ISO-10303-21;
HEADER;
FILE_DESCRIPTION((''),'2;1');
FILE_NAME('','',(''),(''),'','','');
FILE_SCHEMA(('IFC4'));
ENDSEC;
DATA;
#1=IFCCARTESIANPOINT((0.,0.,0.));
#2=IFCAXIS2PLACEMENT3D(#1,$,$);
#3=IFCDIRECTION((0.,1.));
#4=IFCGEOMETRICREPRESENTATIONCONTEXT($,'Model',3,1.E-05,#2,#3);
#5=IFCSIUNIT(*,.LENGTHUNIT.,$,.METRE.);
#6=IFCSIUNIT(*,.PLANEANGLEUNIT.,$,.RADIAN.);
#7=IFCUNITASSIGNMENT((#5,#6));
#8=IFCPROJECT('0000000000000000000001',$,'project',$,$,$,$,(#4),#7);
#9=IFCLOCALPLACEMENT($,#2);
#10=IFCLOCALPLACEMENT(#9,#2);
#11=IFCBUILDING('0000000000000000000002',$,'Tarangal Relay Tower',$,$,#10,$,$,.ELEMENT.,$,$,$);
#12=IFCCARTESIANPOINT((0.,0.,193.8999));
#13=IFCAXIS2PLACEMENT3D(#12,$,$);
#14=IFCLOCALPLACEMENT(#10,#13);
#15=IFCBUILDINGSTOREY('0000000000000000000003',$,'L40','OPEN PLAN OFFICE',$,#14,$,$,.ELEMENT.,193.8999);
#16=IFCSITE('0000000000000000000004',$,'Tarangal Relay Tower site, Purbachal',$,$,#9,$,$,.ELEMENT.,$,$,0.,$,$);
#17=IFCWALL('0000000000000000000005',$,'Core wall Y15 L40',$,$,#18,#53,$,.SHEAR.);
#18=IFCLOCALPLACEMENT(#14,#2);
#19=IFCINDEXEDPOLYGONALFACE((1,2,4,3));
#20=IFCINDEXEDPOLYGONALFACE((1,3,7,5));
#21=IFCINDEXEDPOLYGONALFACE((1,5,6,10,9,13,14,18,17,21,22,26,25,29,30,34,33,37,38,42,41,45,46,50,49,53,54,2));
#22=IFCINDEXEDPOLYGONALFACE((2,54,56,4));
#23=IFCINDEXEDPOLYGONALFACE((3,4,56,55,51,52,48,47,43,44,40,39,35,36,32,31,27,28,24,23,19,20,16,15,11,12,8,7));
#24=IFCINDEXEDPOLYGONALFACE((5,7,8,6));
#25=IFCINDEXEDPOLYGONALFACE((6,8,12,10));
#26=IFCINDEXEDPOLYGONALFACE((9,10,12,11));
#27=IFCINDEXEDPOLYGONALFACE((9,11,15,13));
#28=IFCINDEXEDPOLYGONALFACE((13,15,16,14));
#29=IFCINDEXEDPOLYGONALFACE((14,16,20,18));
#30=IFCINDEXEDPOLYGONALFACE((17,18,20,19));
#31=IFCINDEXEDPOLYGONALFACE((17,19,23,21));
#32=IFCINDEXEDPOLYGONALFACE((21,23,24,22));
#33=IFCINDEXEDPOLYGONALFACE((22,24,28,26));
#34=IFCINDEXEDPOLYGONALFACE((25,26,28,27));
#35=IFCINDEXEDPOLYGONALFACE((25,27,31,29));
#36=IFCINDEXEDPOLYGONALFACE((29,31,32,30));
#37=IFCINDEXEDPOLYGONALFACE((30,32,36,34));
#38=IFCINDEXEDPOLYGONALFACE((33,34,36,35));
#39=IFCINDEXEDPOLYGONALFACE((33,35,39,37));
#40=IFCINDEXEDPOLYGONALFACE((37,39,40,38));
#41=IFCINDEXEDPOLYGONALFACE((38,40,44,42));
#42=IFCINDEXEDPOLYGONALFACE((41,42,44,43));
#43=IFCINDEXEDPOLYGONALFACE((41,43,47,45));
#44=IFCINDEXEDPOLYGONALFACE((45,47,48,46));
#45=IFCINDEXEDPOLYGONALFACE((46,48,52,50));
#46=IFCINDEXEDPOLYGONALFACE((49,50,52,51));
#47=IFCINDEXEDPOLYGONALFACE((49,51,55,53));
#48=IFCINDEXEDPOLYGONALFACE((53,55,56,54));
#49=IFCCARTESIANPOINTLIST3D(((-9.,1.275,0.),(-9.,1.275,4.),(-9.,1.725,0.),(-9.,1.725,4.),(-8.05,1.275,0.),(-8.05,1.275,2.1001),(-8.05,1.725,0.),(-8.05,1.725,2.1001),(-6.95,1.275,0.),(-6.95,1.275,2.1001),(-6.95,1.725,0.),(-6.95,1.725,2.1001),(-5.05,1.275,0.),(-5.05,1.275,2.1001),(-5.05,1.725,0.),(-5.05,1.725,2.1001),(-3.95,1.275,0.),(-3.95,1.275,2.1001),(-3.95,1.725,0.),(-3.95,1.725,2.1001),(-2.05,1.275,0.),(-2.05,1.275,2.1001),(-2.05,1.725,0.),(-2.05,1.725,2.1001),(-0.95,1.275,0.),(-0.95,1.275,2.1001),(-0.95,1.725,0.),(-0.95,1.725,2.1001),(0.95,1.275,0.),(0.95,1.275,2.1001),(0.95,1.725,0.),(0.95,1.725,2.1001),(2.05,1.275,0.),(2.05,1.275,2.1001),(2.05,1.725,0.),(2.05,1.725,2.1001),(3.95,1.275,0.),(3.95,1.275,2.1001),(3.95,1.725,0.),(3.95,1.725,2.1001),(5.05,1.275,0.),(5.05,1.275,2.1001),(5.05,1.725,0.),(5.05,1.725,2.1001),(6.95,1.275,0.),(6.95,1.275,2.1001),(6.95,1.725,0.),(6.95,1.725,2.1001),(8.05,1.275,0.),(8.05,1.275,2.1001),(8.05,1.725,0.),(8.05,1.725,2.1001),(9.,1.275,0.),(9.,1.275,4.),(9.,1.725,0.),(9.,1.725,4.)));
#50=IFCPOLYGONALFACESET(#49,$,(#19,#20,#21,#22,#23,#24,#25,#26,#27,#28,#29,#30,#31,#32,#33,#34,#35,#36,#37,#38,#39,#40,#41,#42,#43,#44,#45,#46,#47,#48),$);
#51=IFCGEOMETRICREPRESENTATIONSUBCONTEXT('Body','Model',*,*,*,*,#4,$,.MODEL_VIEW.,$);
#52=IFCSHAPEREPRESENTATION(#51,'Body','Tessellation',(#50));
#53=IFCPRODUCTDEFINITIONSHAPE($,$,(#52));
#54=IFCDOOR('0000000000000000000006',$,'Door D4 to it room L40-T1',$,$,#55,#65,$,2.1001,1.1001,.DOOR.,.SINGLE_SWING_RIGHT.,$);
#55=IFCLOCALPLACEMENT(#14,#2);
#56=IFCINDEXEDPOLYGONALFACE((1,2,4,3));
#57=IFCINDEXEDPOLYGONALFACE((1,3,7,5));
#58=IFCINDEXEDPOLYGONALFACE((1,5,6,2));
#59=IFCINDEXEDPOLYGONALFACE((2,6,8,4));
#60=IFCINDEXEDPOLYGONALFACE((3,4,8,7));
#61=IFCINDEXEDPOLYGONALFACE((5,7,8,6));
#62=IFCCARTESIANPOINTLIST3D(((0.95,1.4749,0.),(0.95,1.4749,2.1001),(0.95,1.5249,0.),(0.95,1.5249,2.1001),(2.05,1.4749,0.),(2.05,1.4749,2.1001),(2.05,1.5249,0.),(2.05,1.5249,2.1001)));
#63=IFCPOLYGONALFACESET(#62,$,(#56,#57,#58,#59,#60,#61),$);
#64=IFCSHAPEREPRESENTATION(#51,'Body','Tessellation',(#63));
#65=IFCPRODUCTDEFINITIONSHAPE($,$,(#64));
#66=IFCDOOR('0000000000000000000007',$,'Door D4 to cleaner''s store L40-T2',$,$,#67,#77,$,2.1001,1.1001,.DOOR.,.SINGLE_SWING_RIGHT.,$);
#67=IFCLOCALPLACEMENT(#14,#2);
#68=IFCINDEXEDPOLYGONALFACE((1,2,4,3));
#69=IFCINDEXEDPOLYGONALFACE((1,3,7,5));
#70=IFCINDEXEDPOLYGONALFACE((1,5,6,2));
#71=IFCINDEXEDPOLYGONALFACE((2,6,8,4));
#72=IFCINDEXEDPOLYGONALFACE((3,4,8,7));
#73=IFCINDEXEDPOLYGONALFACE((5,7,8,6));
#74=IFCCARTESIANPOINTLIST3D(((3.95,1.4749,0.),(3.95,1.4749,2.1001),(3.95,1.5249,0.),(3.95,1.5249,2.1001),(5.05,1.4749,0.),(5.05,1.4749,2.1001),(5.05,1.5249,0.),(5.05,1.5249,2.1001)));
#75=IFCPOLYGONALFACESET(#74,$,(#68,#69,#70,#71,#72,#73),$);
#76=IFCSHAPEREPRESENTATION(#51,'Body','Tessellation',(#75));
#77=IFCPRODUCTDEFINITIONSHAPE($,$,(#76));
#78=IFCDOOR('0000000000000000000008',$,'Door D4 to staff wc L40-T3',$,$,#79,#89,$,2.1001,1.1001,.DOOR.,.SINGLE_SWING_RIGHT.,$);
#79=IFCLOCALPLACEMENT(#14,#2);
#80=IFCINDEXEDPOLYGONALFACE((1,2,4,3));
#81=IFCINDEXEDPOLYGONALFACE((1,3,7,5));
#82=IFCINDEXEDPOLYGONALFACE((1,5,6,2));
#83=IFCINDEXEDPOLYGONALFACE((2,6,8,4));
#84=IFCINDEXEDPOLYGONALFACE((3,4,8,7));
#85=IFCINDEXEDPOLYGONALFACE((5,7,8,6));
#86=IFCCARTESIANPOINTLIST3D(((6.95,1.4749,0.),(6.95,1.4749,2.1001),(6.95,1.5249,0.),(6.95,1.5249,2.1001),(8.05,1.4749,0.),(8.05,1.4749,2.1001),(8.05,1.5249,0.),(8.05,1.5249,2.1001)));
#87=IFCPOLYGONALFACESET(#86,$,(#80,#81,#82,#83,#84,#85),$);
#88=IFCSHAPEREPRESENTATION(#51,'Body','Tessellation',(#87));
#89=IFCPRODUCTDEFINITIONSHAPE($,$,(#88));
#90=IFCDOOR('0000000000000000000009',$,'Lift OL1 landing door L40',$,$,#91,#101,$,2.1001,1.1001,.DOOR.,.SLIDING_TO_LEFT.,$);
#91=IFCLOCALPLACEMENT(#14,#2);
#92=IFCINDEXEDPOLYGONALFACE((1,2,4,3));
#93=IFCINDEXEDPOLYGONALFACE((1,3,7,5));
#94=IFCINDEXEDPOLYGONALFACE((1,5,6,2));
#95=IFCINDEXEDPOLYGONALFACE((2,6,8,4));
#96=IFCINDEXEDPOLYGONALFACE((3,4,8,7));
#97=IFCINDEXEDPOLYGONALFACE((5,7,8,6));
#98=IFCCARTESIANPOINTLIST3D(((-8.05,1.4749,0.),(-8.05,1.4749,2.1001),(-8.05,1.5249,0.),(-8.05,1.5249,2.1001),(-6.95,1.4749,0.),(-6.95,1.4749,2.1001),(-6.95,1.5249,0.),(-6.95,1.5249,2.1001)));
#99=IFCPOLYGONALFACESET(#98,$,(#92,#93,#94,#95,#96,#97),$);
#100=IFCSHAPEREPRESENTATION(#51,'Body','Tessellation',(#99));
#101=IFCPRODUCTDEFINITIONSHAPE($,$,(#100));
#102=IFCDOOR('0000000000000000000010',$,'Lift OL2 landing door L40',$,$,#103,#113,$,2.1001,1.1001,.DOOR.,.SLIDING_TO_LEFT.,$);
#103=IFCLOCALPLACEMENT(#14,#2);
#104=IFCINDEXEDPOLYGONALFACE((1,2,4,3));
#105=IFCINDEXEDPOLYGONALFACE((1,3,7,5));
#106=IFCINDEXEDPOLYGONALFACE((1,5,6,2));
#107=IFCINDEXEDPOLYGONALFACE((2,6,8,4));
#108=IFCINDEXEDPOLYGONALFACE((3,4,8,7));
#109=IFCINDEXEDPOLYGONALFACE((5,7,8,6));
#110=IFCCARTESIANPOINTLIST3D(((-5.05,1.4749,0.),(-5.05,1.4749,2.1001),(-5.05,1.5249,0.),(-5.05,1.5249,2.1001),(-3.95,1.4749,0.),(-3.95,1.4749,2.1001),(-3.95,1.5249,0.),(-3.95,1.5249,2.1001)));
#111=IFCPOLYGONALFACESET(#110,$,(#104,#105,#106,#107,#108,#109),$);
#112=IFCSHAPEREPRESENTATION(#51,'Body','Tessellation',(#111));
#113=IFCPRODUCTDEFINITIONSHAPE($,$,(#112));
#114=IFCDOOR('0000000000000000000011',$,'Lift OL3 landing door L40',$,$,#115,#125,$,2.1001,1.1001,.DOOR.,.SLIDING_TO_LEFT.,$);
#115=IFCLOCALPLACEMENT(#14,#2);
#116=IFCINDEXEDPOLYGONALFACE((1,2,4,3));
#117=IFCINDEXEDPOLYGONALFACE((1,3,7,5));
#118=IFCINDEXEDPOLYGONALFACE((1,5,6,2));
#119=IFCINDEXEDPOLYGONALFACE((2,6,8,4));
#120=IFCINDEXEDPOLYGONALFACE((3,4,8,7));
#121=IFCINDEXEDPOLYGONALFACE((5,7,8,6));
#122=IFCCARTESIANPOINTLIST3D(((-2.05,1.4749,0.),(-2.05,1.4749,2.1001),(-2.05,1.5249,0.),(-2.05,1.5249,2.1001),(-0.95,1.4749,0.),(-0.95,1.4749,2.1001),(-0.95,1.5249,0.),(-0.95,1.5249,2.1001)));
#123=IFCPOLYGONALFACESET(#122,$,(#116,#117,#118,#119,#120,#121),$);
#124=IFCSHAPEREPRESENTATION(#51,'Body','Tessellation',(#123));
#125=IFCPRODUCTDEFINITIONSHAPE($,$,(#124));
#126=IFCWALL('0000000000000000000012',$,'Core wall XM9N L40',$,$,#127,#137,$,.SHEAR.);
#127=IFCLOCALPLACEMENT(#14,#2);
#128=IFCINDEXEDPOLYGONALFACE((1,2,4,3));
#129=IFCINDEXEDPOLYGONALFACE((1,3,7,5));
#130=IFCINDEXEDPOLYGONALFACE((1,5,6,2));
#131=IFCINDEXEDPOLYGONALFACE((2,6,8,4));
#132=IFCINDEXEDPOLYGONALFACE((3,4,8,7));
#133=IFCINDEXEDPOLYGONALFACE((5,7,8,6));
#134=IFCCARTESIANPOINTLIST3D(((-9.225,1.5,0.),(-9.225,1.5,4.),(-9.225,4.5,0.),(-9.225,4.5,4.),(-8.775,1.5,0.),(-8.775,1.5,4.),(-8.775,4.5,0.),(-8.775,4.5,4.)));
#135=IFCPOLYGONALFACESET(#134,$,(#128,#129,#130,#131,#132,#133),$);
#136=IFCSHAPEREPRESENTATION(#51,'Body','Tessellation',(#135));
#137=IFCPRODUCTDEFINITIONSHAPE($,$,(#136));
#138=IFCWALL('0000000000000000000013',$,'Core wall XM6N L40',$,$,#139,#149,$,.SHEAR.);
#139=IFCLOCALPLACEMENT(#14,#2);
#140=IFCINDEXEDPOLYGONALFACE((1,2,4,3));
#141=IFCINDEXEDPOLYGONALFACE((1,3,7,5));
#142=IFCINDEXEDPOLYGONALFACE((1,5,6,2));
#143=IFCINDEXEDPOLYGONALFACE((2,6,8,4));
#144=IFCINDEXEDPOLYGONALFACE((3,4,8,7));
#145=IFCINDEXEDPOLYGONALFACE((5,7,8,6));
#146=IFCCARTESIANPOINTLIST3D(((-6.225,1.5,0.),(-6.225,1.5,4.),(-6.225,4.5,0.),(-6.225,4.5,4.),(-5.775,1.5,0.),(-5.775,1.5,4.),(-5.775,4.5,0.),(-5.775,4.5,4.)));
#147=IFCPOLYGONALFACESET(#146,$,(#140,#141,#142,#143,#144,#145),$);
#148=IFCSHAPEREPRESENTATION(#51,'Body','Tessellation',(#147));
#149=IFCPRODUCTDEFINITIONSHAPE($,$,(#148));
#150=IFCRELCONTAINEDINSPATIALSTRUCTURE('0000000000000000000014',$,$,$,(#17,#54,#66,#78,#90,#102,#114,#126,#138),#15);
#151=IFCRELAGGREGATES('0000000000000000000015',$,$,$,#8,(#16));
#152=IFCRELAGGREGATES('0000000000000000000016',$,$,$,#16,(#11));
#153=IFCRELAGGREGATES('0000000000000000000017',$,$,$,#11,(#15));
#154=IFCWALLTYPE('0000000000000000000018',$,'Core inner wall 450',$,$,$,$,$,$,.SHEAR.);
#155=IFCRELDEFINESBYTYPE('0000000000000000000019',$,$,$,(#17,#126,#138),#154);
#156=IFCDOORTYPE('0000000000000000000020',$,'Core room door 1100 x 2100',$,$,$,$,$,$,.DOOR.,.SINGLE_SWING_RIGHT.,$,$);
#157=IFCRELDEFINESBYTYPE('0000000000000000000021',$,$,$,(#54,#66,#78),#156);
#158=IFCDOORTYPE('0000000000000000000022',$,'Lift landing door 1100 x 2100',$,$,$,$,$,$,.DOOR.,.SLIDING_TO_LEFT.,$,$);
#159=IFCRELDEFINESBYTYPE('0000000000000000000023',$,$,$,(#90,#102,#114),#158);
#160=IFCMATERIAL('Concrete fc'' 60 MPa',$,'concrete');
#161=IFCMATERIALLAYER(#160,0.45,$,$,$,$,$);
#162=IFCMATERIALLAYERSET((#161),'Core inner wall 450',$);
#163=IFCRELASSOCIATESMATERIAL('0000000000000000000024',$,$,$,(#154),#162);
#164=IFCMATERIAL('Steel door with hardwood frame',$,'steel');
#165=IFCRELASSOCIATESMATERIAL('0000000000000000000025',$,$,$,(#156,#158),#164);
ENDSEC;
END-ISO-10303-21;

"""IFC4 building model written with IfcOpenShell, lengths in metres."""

from ifc_helpers import new_model, si_unit, direction, frame, frame_2d, origin, place, context, subcontext, project, spatial, rectangle, extrude, material, layer, layer_set, type_object, element, fill, save


model = new_model("IFC4")

# Units and contexts
model_context = context("Model", 3, precision=1e-05, world=origin(), true_north=direction((0.0, 1.0)))
body_context = subcontext(model_context, "Body", "Model", "MODEL_VIEW")
ifc_project = project(units=[si_unit("LENGTHUNIT", "METRE"), si_unit("PLANEANGLEUNIT", "RADIAN")], contexts=[model_context])

# Site, building, storey
site_placement = place(None, origin())
site = spatial("IfcSite", under=ifc_project, at=site_placement, Name="Tarangal Relay Tower site, Purbachal", CompositionType="ELEMENT", RefElevation=0.0)
building_placement = place(site_placement, origin())
building = spatial("IfcBuilding", under=site, at=building_placement, Name="Tarangal Relay Tower", CompositionType="ELEMENT")
storey_placement = place(building_placement, frame((0.0, 0.0, 193.8999)))
storey = spatial("IfcBuildingStorey", under=building, at=storey_placement, Name="L40", Description="OPEN PLAN OFFICE", CompositionType="ELEMENT", Elevation=193.8999)

# Wall, openings, doors
ifc_material_1 = material(Name="Concrete fc' 60 MPa", Category="concrete")
ifc_layer = layer(ifc_material_1, 0.45)
ifc_layer_set = layer_set([ifc_layer], Name="Core inner wall 450")
wall_type = type_object("IfcWallType", Name="Core inner wall 450", PredefinedType="SHEAR", material=ifc_layer_set)
ifc_material_2 = material(Name="Steel door with hardwood frame", Category="steel")
wall_1_placement = place(storey_placement, frame((-9.0, 1.5, 0.0), z_axis=(0.0, 0.0, 1.0), x_axis=(1.0, 0.0, 0.0)))
wall_1 = element("IfcWall", 1, at=wall_1_placement, inside=storey, type_object=wall_type, Name="Core wall Y15 L40", PredefinedType="SHEAR", context=body_context, shape_type="SweptSolid", body=[
    extrude(rectangle(XDim=18.0, YDim=0.45, at=frame_2d((9.0, 0.0))), origin(), (0.0, 0.0, 1.0), 4.0),
])
opening_1_placement = place(wall_1_placement, frame((0.95, 0.0, 0.0)))
opening_1 = element("IfcOpeningElement", 2, at=opening_1_placement, cuts=wall_1, PredefinedType="OPENING", context=body_context, shape_type="SweptSolid", body=[
    extrude(rectangle(XDim=1.1001, YDim=2.1001, at=frame_2d((0.55, 1.05))), frame((0.0, 0.2349, 0.0), z_axis=(0.0, -1.0, 0.0), x_axis=(1.0, 0.0, 0.0)), (0.0, 0.0, 1.0), 0.47),
])
opening_2_placement = place(wall_1_placement, frame((3.95, 0.0, 0.0)))
opening_2 = element("IfcOpeningElement", 3, at=opening_2_placement, cuts=wall_1, PredefinedType="OPENING", context=body_context, shape_type="SweptSolid", body=[
    extrude(rectangle(XDim=1.1001, YDim=2.1001, at=frame_2d((0.55, 1.05))), frame((0.0, 0.2349, 0.0), z_axis=(0.0, -1.0, 0.0), x_axis=(1.0, 0.0, 0.0)), (0.0, 0.0, 1.0), 0.47),
])
opening_3_placement = place(wall_1_placement, frame((6.95, 0.0, 0.0)))
opening_3 = element("IfcOpeningElement", 4, at=opening_3_placement, cuts=wall_1, PredefinedType="OPENING", context=body_context, shape_type="SweptSolid", body=[
    extrude(rectangle(XDim=1.1001, YDim=2.1001, at=frame_2d((0.55, 1.05))), frame((0.0, 0.2349, 0.0), z_axis=(0.0, -1.0, 0.0), x_axis=(1.0, 0.0, 0.0)), (0.0, 0.0, 1.0), 0.47),
])
opening_4_placement = place(wall_1_placement, frame((9.95, 0.0, 0.0)))
opening_4 = element("IfcOpeningElement", 5, at=opening_4_placement, cuts=wall_1, PredefinedType="OPENING", context=body_context, shape_type="SweptSolid", body=[
    extrude(rectangle(XDim=1.1001, YDim=2.1001, at=frame_2d((0.55, 1.05))), frame((0.0, 0.2349, 0.0), z_axis=(0.0, -1.0, 0.0), x_axis=(1.0, 0.0, 0.0)), (0.0, 0.0, 1.0), 0.47),
])
opening_5_placement = place(wall_1_placement, frame((12.95, 0.0, 0.0)))
opening_5 = element("IfcOpeningElement", 6, at=opening_5_placement, cuts=wall_1, PredefinedType="OPENING", context=body_context, shape_type="SweptSolid", body=[
    extrude(rectangle(XDim=1.1001, YDim=2.1001, at=frame_2d((0.55, 1.05))), frame((0.0, 0.2349, 0.0), z_axis=(0.0, -1.0, 0.0), x_axis=(1.0, 0.0, 0.0)), (0.0, 0.0, 1.0), 0.47),
])
opening_6_placement = place(wall_1_placement, frame((15.95, 0.0, 0.0)))
opening_6 = element("IfcOpeningElement", 7, at=opening_6_placement, cuts=wall_1, PredefinedType="OPENING", context=body_context, shape_type="SweptSolid", body=[
    extrude(rectangle(XDim=1.1001, YDim=2.1001, at=frame_2d((0.55, 1.05))), frame((0.0, 0.2349, 0.0), z_axis=(0.0, -1.0, 0.0), x_axis=(1.0, 0.0, 0.0)), (0.0, 0.0, 1.0), 0.47),
])
door_type_1 = type_object("IfcDoorType", Name="Core room door 1100 x 2100", OperationType="SINGLE_SWING_RIGHT", PredefinedType="DOOR", material=ifc_material_2)
door_1_placement = place(opening_4_placement, origin())
door_1 = element("IfcDoor", 8, at=door_1_placement, inside=storey, type_object=door_type_1, Name="Door D4 to it room L40-T1", OperationType="SINGLE_SWING_RIGHT", OverallHeight=2.1001, OverallWidth=1.1001, PredefinedType="DOOR", context=body_context, shape_type="SweptSolid", body=[
    extrude(rectangle(XDim=1.1001, YDim=2.1001, at=frame_2d((0.55, 1.05))), frame((0.0, 0.0249, 0.0), z_axis=(0.0, -1.0, 0.0), x_axis=(1.0, 0.0, 0.0)), (0.0, 0.0, 1.0), 0.05),
])
fill(opening_4, door_1)
door_2_placement = place(opening_5_placement, origin())
door_2 = element("IfcDoor", 9, at=door_2_placement, inside=storey, type_object=door_type_1, Name="Door D4 to cleaner's store L40-T2", OperationType="SINGLE_SWING_RIGHT", OverallHeight=2.1001, OverallWidth=1.1001, PredefinedType="DOOR", context=body_context, shape_type="SweptSolid", body=[
    extrude(rectangle(XDim=1.1001, YDim=2.1001, at=frame_2d((0.55, 1.05))), frame((0.0, 0.0249, 0.0), z_axis=(0.0, -1.0, 0.0), x_axis=(1.0, 0.0, 0.0)), (0.0, 0.0, 1.0), 0.05),
])
fill(opening_5, door_2)
door_3_placement = place(opening_6_placement, origin())
door_3 = element("IfcDoor", 10, at=door_3_placement, inside=storey, type_object=door_type_1, Name="Door D4 to staff wc L40-T3", OperationType="SINGLE_SWING_RIGHT", OverallHeight=2.1001, OverallWidth=1.1001, PredefinedType="DOOR", context=body_context, shape_type="SweptSolid", body=[
    extrude(rectangle(XDim=1.1001, YDim=2.1001, at=frame_2d((0.55, 1.05))), frame((0.0, 0.0249, 0.0), z_axis=(0.0, -1.0, 0.0), x_axis=(1.0, 0.0, 0.0)), (0.0, 0.0, 1.0), 0.05),
])
fill(opening_6, door_3)
door_type_2 = type_object("IfcDoorType", Name="Lift landing door 1100 x 2100", OperationType="SLIDING_TO_LEFT", PredefinedType="DOOR", material=ifc_material_2)
door_4_placement = place(opening_1_placement, origin())
door_4 = element("IfcDoor", 11, at=door_4_placement, inside=storey, type_object=door_type_2, Name="Lift OL1 landing door L40", OperationType="SLIDING_TO_LEFT", OverallHeight=2.1001, OverallWidth=1.1001, PredefinedType="DOOR", context=body_context, shape_type="SweptSolid", body=[
    extrude(rectangle(XDim=1.1001, YDim=2.1001, at=frame_2d((0.55, 1.05))), frame((0.0, 0.0249, 0.0), z_axis=(0.0, -1.0, 0.0), x_axis=(1.0, 0.0, 0.0)), (0.0, 0.0, 1.0), 0.05),
])
fill(opening_1, door_4)
door_5_placement = place(opening_2_placement, origin())
door_5 = element("IfcDoor", 12, at=door_5_placement, inside=storey, type_object=door_type_2, Name="Lift OL2 landing door L40", OperationType="SLIDING_TO_LEFT", OverallHeight=2.1001, OverallWidth=1.1001, PredefinedType="DOOR", context=body_context, shape_type="SweptSolid", body=[
    extrude(rectangle(XDim=1.1001, YDim=2.1001, at=frame_2d((0.55, 1.05))), frame((0.0, 0.0249, 0.0), z_axis=(0.0, -1.0, 0.0), x_axis=(1.0, 0.0, 0.0)), (0.0, 0.0, 1.0), 0.05),
])
fill(opening_2, door_5)
door_6_placement = place(opening_3_placement, origin())
door_6 = element("IfcDoor", 13, at=door_6_placement, inside=storey, type_object=door_type_2, Name="Lift OL3 landing door L40", OperationType="SLIDING_TO_LEFT", OverallHeight=2.1001, OverallWidth=1.1001, PredefinedType="DOOR", context=body_context, shape_type="SweptSolid", body=[
    extrude(rectangle(XDim=1.1001, YDim=2.1001, at=frame_2d((0.55, 1.05))), frame((0.0, 0.0249, 0.0), z_axis=(0.0, -1.0, 0.0), x_axis=(1.0, 0.0, 0.0)), (0.0, 0.0, 1.0), 0.05),
])
fill(opening_3, door_6)

# Walls
for number, where, z_axis, x_axis, name in (
    (14, (-9.0, 1.5, 0.0), (0.0, 0.0, 1.0), (0.0, 1.0, 0.0), "Core wall XM9N L40"),
    (15, (-6.0, 1.5, 0.0), (0.0, 0.0, 1.0), (0.0, 1.0, 0.0), "Core wall XM6N L40"),
):
    element("IfcWall", number, at=place(storey_placement, frame(where, z_axis=z_axis, x_axis=x_axis)), inside=storey, type_object=wall_type, Name=name, PredefinedType="SHEAR", context=body_context, shape_type="SweptSolid", body=[
        extrude(rectangle(XDim=3.0, YDim=0.45, at=frame_2d((1.5, 0.0))), origin(), (0.0, 0.0, 1.0), 4.0),
    ])

save(model, "model.ifc")
